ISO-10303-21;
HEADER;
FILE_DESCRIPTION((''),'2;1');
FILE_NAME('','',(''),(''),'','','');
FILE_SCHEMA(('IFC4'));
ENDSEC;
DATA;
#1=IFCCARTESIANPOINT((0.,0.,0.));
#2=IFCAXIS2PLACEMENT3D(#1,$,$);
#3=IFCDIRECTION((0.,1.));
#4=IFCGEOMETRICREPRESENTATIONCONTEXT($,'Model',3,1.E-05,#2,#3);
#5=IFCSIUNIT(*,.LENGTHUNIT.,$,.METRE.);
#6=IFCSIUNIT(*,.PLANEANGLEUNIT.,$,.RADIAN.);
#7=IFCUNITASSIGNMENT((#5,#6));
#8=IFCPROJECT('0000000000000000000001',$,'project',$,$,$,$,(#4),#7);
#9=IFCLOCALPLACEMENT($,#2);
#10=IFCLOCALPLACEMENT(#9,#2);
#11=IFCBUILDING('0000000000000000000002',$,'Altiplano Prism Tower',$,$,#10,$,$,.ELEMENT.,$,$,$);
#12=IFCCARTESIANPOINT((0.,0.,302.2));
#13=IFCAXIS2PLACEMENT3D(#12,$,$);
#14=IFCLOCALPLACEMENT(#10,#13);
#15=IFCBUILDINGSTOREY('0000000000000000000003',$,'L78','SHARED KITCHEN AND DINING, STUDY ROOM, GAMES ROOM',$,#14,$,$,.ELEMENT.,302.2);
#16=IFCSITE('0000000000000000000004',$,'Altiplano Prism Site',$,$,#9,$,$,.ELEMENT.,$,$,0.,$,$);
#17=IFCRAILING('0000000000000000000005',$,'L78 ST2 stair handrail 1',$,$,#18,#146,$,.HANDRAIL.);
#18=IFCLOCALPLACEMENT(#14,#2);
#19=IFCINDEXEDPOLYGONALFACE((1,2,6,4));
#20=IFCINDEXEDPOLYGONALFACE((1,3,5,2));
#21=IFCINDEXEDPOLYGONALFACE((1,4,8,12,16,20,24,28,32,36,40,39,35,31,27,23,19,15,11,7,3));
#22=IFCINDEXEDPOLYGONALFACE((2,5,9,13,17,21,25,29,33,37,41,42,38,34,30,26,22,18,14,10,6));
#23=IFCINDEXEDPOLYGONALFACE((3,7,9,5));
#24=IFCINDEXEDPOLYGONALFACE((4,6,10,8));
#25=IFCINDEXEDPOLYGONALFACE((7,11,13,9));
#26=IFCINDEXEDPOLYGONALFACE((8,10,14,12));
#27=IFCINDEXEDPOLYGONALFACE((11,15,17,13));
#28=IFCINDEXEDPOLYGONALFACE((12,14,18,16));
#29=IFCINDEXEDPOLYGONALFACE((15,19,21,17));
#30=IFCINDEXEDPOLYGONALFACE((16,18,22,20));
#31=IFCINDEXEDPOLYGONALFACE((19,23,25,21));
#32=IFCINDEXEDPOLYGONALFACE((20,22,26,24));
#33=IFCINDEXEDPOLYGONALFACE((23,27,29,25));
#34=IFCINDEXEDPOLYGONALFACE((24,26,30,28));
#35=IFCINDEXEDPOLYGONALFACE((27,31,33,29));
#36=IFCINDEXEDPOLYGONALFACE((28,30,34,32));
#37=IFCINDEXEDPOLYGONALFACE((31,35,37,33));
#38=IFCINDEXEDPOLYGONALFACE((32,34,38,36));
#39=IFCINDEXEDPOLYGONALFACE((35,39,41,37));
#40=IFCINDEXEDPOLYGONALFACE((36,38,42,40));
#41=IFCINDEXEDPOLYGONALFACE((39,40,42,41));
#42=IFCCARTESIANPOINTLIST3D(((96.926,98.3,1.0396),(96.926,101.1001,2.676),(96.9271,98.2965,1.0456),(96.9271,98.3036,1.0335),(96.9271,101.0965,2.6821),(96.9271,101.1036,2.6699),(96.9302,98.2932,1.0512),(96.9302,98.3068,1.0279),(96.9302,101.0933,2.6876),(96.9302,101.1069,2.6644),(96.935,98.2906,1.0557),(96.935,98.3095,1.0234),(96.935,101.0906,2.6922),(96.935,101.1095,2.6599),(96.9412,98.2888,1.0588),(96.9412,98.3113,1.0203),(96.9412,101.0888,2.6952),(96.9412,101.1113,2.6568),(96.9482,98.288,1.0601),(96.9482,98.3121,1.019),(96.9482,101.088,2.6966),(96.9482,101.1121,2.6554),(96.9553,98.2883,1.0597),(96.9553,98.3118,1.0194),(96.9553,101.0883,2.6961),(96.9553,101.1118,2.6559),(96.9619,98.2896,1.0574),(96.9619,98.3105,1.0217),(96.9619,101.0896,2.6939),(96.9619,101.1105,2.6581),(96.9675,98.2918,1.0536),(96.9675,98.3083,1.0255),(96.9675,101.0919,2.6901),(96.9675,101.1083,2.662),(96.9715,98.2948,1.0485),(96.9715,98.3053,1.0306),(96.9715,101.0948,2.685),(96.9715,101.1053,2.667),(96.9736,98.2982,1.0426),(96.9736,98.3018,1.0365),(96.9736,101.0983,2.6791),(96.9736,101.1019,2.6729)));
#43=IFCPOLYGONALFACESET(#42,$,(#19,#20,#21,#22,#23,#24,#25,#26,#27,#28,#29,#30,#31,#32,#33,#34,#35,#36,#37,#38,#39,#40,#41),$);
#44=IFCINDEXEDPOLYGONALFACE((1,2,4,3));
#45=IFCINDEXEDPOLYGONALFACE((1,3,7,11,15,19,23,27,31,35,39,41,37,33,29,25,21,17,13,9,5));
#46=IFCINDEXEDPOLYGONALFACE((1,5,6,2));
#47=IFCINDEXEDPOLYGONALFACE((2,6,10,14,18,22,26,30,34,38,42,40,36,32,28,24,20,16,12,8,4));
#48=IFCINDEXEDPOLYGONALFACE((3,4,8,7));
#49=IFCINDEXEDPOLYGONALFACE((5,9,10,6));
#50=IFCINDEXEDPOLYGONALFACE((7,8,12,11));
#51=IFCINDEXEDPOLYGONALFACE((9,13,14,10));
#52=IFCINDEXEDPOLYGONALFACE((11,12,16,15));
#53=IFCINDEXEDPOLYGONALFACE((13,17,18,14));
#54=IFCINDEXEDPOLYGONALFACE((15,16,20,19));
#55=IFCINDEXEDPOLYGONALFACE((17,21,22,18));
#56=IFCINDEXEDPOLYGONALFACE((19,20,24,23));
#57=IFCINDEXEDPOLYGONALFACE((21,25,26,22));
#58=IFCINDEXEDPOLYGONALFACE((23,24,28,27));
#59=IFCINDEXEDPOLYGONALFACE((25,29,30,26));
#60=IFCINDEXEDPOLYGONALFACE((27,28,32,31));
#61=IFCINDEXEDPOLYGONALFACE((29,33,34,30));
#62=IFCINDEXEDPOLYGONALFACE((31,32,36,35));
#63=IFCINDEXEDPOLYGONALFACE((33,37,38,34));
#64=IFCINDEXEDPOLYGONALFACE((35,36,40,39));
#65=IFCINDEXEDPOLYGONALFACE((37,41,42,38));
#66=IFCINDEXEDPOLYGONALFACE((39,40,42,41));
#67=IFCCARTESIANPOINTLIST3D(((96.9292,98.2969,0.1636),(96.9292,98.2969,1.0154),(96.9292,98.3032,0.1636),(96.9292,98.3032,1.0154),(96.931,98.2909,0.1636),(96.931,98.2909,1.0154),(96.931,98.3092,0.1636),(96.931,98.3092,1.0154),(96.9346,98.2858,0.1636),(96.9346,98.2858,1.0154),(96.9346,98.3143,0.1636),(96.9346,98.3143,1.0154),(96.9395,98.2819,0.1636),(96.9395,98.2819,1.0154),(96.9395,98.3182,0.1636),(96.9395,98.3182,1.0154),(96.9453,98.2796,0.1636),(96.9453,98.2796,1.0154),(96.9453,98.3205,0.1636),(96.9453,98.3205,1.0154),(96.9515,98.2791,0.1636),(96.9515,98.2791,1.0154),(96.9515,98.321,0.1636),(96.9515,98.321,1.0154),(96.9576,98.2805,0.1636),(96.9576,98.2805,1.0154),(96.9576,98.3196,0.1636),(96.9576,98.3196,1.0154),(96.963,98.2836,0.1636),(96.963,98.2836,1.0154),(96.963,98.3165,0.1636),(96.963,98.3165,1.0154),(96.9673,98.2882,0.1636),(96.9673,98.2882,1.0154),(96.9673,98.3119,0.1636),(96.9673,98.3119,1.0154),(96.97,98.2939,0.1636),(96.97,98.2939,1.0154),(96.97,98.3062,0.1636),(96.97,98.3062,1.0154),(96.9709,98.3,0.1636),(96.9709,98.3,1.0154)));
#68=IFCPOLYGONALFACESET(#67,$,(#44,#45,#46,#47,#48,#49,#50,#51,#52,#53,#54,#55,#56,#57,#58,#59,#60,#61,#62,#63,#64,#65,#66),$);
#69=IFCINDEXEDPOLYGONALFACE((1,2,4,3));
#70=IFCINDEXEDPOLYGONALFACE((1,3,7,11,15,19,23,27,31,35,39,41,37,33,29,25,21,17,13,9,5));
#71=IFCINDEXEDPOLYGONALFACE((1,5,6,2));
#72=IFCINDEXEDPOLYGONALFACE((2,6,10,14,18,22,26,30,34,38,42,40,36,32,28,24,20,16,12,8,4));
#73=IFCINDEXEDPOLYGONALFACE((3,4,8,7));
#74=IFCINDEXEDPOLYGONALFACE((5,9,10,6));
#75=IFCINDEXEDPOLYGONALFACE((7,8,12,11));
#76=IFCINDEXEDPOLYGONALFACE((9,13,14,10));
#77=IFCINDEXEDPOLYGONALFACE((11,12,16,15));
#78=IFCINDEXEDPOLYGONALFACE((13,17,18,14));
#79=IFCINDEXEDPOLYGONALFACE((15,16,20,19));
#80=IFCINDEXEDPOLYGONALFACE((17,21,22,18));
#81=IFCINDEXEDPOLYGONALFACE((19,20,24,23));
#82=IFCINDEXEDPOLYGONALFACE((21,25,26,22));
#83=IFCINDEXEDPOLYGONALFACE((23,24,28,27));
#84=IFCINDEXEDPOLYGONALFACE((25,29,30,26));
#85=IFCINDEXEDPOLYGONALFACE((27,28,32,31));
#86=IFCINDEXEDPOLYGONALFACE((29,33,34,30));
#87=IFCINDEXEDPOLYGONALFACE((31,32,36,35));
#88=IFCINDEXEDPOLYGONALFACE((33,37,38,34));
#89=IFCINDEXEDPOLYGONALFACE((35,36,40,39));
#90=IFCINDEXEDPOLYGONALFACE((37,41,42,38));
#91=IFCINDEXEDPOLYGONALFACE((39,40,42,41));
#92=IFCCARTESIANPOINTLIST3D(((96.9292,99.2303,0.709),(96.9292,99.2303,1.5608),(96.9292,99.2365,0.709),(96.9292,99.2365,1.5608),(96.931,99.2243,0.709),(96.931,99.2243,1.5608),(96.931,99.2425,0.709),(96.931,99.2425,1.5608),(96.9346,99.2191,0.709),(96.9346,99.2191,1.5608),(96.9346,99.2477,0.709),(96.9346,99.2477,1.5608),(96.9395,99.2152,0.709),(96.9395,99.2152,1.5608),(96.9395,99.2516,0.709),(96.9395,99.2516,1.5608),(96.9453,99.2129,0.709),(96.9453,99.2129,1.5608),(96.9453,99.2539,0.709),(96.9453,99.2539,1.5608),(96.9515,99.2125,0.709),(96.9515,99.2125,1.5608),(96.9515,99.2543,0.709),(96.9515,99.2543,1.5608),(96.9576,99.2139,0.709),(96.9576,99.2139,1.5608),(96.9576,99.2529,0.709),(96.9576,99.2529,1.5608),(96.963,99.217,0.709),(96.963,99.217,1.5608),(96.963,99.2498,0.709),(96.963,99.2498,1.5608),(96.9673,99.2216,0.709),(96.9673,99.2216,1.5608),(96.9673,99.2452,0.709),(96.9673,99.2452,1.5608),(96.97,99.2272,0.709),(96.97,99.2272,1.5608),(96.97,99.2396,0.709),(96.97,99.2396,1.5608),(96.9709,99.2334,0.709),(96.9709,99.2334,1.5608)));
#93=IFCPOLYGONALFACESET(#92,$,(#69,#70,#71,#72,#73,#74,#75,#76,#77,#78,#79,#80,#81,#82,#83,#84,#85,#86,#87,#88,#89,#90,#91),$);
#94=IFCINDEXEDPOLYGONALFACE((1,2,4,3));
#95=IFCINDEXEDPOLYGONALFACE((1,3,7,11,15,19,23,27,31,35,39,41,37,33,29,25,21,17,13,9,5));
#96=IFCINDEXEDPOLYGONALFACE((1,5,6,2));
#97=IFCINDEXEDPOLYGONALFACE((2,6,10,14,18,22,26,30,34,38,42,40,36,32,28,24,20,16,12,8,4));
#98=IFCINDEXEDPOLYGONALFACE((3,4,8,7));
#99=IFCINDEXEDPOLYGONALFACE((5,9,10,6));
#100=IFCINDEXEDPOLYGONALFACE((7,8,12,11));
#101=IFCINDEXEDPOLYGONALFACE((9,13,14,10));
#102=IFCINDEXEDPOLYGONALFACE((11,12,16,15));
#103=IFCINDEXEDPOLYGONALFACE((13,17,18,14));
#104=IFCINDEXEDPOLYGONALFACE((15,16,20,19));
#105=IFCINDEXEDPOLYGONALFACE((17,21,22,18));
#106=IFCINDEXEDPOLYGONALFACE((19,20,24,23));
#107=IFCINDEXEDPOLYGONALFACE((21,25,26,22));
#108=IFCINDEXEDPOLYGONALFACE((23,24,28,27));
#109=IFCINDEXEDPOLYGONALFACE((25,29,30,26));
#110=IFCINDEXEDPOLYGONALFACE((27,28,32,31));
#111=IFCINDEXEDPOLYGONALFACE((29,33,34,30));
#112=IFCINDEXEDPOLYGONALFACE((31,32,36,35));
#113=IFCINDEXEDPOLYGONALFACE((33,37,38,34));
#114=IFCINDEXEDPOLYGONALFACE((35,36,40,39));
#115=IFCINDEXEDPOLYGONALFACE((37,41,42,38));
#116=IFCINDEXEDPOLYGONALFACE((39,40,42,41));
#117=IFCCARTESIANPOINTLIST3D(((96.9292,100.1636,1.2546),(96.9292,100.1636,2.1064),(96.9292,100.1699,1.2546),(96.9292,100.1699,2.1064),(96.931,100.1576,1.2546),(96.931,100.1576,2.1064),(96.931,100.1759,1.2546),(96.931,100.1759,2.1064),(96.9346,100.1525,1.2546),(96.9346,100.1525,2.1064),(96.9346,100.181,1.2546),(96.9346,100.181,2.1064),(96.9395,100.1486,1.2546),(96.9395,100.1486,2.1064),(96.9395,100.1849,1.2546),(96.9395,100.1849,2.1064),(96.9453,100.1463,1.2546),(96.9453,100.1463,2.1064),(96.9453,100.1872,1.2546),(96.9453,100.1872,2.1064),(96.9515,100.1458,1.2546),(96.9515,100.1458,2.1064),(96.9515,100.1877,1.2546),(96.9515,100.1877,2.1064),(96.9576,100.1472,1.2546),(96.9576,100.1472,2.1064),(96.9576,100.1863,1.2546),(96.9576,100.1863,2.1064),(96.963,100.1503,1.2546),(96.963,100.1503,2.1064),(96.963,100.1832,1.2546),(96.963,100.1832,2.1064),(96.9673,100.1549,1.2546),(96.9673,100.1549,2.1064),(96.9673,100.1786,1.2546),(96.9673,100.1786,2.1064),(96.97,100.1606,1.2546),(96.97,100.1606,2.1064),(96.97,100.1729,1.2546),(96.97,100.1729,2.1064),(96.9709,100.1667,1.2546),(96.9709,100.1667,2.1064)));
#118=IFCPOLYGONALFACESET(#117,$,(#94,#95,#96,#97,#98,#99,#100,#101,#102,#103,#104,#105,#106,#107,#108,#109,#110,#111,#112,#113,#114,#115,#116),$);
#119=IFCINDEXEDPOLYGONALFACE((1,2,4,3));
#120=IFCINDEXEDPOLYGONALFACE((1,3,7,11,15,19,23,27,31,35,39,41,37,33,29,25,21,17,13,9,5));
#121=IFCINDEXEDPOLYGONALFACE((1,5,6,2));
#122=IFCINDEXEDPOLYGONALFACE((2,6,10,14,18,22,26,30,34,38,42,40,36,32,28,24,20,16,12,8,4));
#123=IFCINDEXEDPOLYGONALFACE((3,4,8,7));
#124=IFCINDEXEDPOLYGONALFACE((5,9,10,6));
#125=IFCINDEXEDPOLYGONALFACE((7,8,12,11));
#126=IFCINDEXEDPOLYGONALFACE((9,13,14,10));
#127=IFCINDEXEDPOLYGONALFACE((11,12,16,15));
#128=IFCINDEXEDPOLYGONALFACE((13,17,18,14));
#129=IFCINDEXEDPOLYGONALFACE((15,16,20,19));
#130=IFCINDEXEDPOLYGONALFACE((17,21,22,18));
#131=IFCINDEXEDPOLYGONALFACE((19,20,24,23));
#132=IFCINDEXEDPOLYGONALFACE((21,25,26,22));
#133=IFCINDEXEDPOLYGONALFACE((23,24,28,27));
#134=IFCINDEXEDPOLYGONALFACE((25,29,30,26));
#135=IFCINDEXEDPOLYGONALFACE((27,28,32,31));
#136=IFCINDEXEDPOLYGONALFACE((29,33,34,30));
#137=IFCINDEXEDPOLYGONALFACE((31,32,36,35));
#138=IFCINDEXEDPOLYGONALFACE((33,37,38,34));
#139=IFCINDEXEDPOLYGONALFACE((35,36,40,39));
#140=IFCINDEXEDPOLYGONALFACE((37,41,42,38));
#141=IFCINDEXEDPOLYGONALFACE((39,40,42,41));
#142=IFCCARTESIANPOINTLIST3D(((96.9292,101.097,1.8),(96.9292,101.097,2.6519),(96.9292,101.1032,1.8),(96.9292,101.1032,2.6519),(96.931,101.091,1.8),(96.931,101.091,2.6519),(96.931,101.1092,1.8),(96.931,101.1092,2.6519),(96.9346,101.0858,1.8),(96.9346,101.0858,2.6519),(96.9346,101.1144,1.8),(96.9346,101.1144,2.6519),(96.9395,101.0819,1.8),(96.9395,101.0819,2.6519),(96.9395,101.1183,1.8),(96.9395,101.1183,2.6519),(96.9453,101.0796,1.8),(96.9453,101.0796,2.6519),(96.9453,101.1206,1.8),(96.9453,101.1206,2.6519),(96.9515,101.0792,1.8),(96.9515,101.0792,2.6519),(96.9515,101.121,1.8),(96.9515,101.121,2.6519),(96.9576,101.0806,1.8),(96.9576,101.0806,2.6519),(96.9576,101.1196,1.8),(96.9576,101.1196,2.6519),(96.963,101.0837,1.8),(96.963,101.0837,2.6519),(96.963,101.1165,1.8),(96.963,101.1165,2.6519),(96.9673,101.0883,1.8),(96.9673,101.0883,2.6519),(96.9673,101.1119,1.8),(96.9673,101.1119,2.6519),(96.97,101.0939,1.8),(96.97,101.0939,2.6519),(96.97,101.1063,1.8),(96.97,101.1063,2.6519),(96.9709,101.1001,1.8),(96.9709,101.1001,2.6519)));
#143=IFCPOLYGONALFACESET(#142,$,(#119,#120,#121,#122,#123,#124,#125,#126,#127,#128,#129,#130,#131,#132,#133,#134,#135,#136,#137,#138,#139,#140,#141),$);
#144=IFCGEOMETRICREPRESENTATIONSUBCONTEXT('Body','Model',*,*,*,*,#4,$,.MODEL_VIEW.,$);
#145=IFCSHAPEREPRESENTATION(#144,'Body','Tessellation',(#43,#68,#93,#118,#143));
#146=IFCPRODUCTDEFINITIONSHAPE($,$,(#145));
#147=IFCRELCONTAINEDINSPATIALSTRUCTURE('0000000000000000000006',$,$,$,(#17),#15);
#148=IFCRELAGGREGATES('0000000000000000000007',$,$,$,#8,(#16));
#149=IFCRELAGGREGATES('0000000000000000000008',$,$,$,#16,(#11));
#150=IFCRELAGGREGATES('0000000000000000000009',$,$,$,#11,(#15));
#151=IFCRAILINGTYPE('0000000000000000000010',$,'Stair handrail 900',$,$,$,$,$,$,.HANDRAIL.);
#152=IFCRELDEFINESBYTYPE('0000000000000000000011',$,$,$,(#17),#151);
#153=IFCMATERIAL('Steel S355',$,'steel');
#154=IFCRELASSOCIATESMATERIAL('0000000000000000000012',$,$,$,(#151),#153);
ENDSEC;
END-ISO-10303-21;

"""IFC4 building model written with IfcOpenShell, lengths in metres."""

from ifc_helpers import new_model, si_unit, direction, frame, origin, origin_2d, place, context, subcontext, project, spatial, circle, extrude, material, type_object, element, save


model = new_model("IFC4")

# Units and contexts
model_context = context("Model", 3, precision=1e-05, world=origin(), true_north=direction((0.0, 1.0)))
body_context = subcontext(model_context, "Body", "Model", "MODEL_VIEW")
ifc_project = project(units=[si_unit("LENGTHUNIT", "METRE"), si_unit("PLANEANGLEUNIT", "RADIAN")], contexts=[model_context])

# Site, building, storey
site_placement = place(None, origin())
site = spatial("IfcSite", under=ifc_project, at=site_placement, Name="Altiplano Prism Site", CompositionType="ELEMENT", RefElevation=0.0)
building_placement = place(site_placement, origin())
building = spatial("IfcBuilding", under=site, at=building_placement, Name="Altiplano Prism Tower", CompositionType="ELEMENT")
storey_placement = place(building_placement, frame((0.0, 0.0, 302.2)))
storey = spatial("IfcBuildingStorey", under=building, at=storey_placement, Name="L78", Description="SHARED KITCHEN AND DINING, STUDY ROOM, GAMES ROOM", CompositionType="ELEMENT", Elevation=302.2)

# Railing
ifc_material_1 = material(Name="Steel S355", Category="steel")
railing_type_1 = type_object("IfcRailingType", Name="Stair handrail 900", PredefinedType="HANDRAIL", material=ifc_material_1)
railing_1_placement = place(storey_placement, frame((96.95, 98.3, 0.1636)))
element("IfcRailing", 1, at=railing_1_placement, inside=storey, type_object=railing_type_1, Name="L78 ST2 stair handrail 1", PredefinedType="HANDRAIL", context=body_context, shape_type="SweptSolid", body=[
    extrude(circle(Radius=0.0239, at=origin_2d()), frame((0.0, 0.0, 0.876), z_axis=(0.0, 0.863361, 0.504587), x_axis=(-1.0, 0.0, 0.0)), (0.0, 0.0, 1.0), 3.2432),
    extrude(circle(Radius=0.021, at=origin_2d()), origin(), (0.0, 0.0, 1.0), 0.8518),
    extrude(circle(Radius=0.021, at=origin_2d()), frame((0.0, 0.9333, 0.5454)), (0.0, 0.0, 1.0), 0.8518),
    extrude(circle(Radius=0.021, at=origin_2d()), frame((0.0, 1.8667, 1.0911)), (0.0, 0.0, 1.0), 0.8518),
    extrude(circle(Radius=0.021, at=origin_2d()), frame((0.0, 2.8, 1.6365)), (0.0, 0.0, 1.0), 0.8518),
])

save(model, "model.ifc")
